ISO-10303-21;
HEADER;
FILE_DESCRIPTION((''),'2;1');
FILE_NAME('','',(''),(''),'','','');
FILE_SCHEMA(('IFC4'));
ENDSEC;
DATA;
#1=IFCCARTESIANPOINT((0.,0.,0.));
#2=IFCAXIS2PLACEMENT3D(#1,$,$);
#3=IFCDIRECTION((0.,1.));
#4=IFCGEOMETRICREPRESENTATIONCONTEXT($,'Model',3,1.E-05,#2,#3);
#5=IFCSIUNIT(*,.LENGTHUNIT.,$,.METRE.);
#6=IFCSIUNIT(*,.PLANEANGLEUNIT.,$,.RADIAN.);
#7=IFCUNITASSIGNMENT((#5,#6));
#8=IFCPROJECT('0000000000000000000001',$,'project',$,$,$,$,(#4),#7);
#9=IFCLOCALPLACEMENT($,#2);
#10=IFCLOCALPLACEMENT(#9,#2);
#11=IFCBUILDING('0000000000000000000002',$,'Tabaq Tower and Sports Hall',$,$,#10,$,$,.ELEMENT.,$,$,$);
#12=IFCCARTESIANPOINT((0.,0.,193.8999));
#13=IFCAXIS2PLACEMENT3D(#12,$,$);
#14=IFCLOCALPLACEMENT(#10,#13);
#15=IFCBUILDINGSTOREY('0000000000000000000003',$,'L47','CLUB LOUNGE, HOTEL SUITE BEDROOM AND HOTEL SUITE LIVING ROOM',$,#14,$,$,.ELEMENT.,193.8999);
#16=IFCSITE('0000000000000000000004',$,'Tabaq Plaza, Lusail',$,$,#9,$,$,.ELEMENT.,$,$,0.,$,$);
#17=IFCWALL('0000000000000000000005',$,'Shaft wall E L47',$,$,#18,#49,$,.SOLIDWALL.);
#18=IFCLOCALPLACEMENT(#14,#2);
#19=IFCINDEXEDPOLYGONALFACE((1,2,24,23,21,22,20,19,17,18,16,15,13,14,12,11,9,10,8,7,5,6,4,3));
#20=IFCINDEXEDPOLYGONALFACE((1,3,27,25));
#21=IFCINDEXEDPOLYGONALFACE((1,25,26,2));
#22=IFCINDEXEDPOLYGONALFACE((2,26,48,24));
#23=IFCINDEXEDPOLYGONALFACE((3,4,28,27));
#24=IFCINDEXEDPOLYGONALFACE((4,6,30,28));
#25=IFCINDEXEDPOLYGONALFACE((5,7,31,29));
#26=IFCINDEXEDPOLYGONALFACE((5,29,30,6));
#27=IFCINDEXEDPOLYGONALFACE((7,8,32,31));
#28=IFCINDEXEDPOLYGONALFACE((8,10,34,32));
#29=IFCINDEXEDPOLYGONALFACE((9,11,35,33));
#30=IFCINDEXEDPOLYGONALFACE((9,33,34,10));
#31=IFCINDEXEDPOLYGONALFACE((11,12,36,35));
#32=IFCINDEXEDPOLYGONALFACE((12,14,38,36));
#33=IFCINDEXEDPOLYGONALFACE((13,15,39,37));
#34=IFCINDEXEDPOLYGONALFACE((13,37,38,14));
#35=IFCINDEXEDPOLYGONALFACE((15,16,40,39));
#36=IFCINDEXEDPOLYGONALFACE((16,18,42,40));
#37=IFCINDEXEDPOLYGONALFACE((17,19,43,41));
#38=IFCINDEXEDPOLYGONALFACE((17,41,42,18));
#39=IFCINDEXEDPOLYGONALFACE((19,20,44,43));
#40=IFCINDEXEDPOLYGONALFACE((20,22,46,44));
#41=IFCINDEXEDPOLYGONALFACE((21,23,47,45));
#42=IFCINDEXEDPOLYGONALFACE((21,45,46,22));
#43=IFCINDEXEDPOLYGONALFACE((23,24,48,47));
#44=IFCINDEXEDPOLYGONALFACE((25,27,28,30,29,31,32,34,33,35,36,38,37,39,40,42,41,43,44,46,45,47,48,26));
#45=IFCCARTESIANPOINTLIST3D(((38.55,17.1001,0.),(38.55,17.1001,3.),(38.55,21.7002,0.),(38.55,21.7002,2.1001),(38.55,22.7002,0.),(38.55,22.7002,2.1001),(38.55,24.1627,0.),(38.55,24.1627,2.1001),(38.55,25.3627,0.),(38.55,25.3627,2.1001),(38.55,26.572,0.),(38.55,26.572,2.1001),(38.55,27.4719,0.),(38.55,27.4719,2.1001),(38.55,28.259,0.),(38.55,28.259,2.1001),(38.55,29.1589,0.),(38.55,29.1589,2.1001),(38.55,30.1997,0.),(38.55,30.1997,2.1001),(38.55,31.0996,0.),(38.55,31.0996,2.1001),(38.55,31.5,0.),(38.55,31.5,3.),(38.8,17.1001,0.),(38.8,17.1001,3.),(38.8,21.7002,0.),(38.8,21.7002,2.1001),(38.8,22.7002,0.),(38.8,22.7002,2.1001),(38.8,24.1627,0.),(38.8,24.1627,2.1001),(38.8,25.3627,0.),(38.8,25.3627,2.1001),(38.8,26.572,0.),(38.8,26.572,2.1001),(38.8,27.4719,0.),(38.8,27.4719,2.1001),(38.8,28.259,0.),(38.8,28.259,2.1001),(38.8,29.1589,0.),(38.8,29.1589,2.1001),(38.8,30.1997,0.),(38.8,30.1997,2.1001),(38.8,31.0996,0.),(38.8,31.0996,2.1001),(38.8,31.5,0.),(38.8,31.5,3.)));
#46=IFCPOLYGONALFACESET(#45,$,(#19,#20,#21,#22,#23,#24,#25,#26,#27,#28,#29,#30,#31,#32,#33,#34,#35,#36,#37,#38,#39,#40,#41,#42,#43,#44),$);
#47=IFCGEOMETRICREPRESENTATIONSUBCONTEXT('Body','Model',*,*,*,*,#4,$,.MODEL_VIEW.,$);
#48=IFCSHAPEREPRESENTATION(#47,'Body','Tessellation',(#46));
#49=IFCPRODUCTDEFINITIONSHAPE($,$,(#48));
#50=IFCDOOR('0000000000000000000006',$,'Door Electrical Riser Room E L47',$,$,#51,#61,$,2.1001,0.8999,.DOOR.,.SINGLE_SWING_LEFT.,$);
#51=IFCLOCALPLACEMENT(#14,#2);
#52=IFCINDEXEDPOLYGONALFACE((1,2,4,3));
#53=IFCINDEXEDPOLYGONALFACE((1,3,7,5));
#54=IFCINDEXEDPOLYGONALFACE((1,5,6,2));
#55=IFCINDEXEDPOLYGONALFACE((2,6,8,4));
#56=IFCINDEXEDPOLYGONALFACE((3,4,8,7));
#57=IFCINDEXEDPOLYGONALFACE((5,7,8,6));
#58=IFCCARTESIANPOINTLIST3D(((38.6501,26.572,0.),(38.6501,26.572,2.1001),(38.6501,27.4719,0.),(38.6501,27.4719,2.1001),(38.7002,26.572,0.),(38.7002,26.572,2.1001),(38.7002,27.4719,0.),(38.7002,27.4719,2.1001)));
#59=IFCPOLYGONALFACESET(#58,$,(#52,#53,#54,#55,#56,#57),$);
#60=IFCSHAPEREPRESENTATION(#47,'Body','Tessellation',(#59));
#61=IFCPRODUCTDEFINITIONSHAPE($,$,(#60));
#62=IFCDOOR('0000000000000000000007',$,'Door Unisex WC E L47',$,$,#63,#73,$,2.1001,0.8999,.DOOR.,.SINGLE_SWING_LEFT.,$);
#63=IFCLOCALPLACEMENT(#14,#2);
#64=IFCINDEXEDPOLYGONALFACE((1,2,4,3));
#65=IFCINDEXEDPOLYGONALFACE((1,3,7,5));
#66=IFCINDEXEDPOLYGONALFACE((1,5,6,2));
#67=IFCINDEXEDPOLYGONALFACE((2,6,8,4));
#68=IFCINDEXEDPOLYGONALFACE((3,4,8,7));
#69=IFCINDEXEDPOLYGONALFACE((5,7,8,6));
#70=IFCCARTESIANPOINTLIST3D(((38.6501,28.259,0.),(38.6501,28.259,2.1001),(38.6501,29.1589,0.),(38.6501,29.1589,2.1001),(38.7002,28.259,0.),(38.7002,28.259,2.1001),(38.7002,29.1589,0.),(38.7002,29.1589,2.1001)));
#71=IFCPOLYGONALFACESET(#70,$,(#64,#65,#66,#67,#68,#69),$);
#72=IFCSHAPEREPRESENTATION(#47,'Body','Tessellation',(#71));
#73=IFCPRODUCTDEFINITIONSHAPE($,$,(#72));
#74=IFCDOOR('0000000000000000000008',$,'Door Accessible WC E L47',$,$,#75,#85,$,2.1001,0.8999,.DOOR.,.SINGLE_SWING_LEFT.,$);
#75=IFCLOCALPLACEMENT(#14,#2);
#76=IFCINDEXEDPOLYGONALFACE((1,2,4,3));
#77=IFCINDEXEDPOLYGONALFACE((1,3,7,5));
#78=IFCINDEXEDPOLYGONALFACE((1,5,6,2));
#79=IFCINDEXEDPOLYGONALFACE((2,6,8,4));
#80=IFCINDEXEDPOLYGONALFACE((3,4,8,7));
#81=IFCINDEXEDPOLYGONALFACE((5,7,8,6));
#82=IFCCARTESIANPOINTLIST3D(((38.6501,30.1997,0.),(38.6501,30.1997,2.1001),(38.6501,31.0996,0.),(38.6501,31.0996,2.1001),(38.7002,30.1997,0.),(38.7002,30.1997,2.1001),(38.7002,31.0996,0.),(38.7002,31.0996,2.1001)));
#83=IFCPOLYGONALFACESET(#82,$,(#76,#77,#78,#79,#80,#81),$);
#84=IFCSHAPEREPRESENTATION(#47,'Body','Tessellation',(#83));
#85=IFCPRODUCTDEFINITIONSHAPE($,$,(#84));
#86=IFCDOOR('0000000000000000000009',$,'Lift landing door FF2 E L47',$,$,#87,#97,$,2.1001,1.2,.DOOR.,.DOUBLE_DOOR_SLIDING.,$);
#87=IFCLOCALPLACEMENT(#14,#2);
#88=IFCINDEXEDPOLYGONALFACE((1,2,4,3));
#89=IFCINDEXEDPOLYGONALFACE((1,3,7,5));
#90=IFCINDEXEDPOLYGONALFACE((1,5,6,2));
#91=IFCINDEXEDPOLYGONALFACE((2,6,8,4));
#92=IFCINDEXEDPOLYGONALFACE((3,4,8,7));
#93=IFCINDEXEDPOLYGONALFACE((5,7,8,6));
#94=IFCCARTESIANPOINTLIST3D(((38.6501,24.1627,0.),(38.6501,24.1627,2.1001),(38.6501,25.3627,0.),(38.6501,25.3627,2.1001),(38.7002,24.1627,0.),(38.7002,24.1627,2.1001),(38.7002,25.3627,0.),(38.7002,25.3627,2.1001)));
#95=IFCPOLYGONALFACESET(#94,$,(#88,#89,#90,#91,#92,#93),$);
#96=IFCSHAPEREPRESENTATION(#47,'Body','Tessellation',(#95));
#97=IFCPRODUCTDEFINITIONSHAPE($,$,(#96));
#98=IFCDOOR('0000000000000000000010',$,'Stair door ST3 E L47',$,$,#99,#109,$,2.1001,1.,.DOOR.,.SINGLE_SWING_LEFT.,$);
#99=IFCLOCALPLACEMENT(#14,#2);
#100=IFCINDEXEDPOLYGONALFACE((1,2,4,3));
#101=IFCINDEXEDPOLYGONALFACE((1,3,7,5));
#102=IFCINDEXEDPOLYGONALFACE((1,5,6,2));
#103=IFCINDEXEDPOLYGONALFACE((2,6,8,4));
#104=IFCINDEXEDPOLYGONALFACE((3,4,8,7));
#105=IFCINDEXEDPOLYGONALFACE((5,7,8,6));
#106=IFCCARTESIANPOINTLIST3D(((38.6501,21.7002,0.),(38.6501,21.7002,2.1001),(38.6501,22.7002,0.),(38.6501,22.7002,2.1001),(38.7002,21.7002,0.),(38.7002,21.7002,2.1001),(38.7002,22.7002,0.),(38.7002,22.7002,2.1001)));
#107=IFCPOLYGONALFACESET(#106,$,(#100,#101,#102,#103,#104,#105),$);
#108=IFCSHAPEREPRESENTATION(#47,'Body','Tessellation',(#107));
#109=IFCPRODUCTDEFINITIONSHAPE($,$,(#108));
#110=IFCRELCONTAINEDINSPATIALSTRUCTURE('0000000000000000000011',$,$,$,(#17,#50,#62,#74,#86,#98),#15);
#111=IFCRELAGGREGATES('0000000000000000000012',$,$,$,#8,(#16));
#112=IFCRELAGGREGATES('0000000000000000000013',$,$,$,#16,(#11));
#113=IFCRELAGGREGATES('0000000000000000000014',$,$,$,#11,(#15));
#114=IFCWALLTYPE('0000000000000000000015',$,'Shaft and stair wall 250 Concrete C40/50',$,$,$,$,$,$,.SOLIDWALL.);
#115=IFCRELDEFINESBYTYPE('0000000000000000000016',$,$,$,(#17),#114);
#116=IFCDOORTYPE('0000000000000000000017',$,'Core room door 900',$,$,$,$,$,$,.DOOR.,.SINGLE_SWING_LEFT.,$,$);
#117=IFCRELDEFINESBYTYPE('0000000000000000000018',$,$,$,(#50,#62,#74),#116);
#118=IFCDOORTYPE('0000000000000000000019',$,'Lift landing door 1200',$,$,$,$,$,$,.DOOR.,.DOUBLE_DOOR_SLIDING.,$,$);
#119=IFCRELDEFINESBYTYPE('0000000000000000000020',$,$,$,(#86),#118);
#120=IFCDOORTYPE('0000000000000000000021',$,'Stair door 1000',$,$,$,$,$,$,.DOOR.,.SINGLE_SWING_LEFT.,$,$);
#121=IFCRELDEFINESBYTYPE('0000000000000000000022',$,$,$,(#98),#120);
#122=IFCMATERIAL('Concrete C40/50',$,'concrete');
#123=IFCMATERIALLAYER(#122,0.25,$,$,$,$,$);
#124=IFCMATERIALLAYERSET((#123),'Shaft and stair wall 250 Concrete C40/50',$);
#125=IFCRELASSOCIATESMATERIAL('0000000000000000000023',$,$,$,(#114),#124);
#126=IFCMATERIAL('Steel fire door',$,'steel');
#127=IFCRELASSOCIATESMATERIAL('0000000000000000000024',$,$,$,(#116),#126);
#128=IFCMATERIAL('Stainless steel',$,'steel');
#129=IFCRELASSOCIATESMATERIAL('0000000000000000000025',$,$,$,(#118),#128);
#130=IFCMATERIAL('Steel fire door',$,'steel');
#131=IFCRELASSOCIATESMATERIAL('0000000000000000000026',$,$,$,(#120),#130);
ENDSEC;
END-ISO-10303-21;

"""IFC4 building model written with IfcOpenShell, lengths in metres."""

from ifc_helpers import new_model, si_unit, direction, frame, frame_2d, origin, place, context, subcontext, project, spatial, rectangle, extrude, material, layer, layer_set, type_object, element, fill, save


model = new_model("IFC4")

# Units and contexts
model_context = context("Model", 3, precision=1e-05, world=origin(), true_north=direction((0.0, 1.0)))
body_context = subcontext(model_context, "Body", "Model", "MODEL_VIEW")
ifc_project = project(units=[si_unit("LENGTHUNIT", "METRE"), si_unit("PLANEANGLEUNIT", "RADIAN")], contexts=[model_context])

# Site, building, storey
site_placement = place(None, origin())
site = spatial("IfcSite", under=ifc_project, at=site_placement, Name="Tabaq Plaza, Lusail", CompositionType="ELEMENT", RefElevation=0.0)
building_placement = place(site_placement, origin())
building = spatial("IfcBuilding", under=site, at=building_placement, Name="Tabaq Tower and Sports Hall", CompositionType="ELEMENT")
storey_placement = place(building_placement, frame((0.0, 0.0, 193.8999)))
storey = spatial("IfcBuildingStorey", under=building, at=storey_placement, Name="L47", Description="CLUB LOUNGE, HOTEL SUITE BEDROOM AND HOTEL SUITE LIVING ROOM", CompositionType="ELEMENT", Elevation=193.8999)

# Wall, openings, doors
ifc_material_1 = material(Name="Concrete C40/50", Category="concrete")
ifc_layer_1 = layer(ifc_material_1, 0.25)
ifc_layer_set_1 = layer_set([ifc_layer_1], Name="Shaft and stair wall 250 Concrete C40/50")
wall_type_1 = type_object("IfcWallType", Name="Shaft and stair wall 250 Concrete C40/50", PredefinedType="SOLIDWALL", material=ifc_layer_set_1)
wall_1_placement = place(storey_placement, frame((38.675, 17.1001, 0.0), z_axis=(0.0, 0.0, 1.0), x_axis=(0.0, 1.0, 0.0)))
wall_1 = element("IfcWall", 1, at=wall_1_placement, inside=storey, type_object=wall_type_1, Name="Shaft wall E L47", PredefinedType="SOLIDWALL", context=body_context, shape_type="SweptSolid", body=[
    extrude(rectangle(XDim=14.3999, YDim=0.25, at=frame_2d((7.2, 0.0))), origin(), (0.0, 0.0, 1.0), 3.0),
])
opening_1_placement = place(wall_1_placement, frame((4.6001, 0.0, 0.0)))
opening_1 = element("IfcOpeningElement", 2, at=opening_1_placement, cuts=wall_1, PredefinedType="OPENING", context=body_context, shape_type="SweptSolid", body=[
    extrude(rectangle(XDim=1.0, YDim=2.1001, at=frame_2d((0.5, 1.05))), frame((0.0, 0.125, 0.0), z_axis=(0.0, -1.0, 0.0), x_axis=(1.0, 0.0, 0.0)), (0.0, 0.0, 1.0), 0.25),
])
opening_2_placement = place(wall_1_placement, frame((7.0625, 0.0, 0.0)))
opening_2 = element("IfcOpeningElement", 3, at=opening_2_placement, cuts=wall_1, PredefinedType="OPENING", context=body_context, shape_type="SweptSolid", body=[
    extrude(rectangle(XDim=1.2, YDim=2.1001, at=frame_2d((0.6001, 1.05))), frame((0.0, 0.125, 0.0), z_axis=(0.0, -1.0, 0.0), x_axis=(1.0, 0.0, 0.0)), (0.0, 0.0, 1.0), 0.25),
])
opening_3_placement = place(wall_1_placement, frame((9.4719, 0.0, 0.0)))
opening_3 = element("IfcOpeningElement", 4, at=opening_3_placement, cuts=wall_1, PredefinedType="OPENING", context=body_context, shape_type="SweptSolid", body=[
    extrude(rectangle(XDim=0.8999, YDim=2.1001, at=frame_2d((0.45, 1.05))), frame((0.0, 0.125, 0.0), z_axis=(0.0, -1.0, 0.0), x_axis=(1.0, 0.0, 0.0)), (0.0, 0.0, 1.0), 0.25),
])
opening_4_placement = place(wall_1_placement, frame((11.1589, 0.0, 0.0)))
opening_4 = element("IfcOpeningElement", 5, at=opening_4_placement, cuts=wall_1, PredefinedType="OPENING", context=body_context, shape_type="SweptSolid", body=[
    extrude(rectangle(XDim=0.8999, YDim=2.1001, at=frame_2d((0.45, 1.05))), frame((0.0, 0.125, 0.0), z_axis=(0.0, -1.0, 0.0), x_axis=(1.0, 0.0, 0.0)), (0.0, 0.0, 1.0), 0.25),
])
opening_5_placement = place(wall_1_placement, frame((13.0996, 0.0, 0.0)))
opening_5 = element("IfcOpeningElement", 6, at=opening_5_placement, cuts=wall_1, PredefinedType="OPENING", context=body_context, shape_type="SweptSolid", body=[
    extrude(rectangle(XDim=0.8999, YDim=2.1001, at=frame_2d((0.45, 1.05))), frame((0.0, 0.125, 0.0), z_axis=(0.0, -1.0, 0.0), x_axis=(1.0, 0.0, 0.0)), (0.0, 0.0, 1.0), 0.25),
])
ifc_material_2 = material(Name="Steel fire door", Category="steel")
door_type_1 = type_object("IfcDoorType", Name="Core room door 900", OperationType="SINGLE_SWING_LEFT", PredefinedType="DOOR", material=ifc_material_2)
door_1_placement = place(opening_3_placement, origin())
door_1 = element("IfcDoor", 7, at=door_1_placement, inside=storey, type_object=door_type_1, Name="Door Electrical Riser Room E L47", OperationType="SINGLE_SWING_LEFT", OverallHeight=2.1001, OverallWidth=0.8999, PredefinedType="DOOR", context=body_context, shape_type="SweptSolid", body=[
    extrude(rectangle(XDim=0.8999, YDim=2.1001, at=frame_2d((0.45, 1.05))), frame((0.0, 0.0249, 0.0), z_axis=(0.0, -1.0, 0.0), x_axis=(1.0, 0.0, 0.0)), (0.0, 0.0, 1.0), 0.05),
])
fill(opening_3, door_1)
door_2_placement = place(opening_4_placement, origin())
door_2 = element("IfcDoor", 8, at=door_2_placement, inside=storey, type_object=door_type_1, Name="Door Unisex WC E L47", OperationType="SINGLE_SWING_LEFT", OverallHeight=2.1001, OverallWidth=0.8999, PredefinedType="DOOR", context=body_context, shape_type="SweptSolid", body=[
    extrude(rectangle(XDim=0.8999, YDim=2.1001, at=frame_2d((0.45, 1.05))), frame((0.0, 0.0249, 0.0), z_axis=(0.0, -1.0, 0.0), x_axis=(1.0, 0.0, 0.0)), (0.0, 0.0, 1.0), 0.05),
])
fill(opening_4, door_2)
door_3_placement = place(opening_5_placement, origin())
door_3 = element("IfcDoor", 9, at=door_3_placement, inside=storey, type_object=door_type_1, Name="Door Accessible WC E L47", OperationType="SINGLE_SWING_LEFT", OverallHeight=2.1001, OverallWidth=0.8999, PredefinedType="DOOR", context=body_context, shape_type="SweptSolid", body=[
    extrude(rectangle(XDim=0.8999, YDim=2.1001, at=frame_2d((0.45, 1.05))), frame((0.0, 0.0249, 0.0), z_axis=(0.0, -1.0, 0.0), x_axis=(1.0, 0.0, 0.0)), (0.0, 0.0, 1.0), 0.05),
])
fill(opening_5, door_3)
ifc_material_3 = material(Name="Stainless steel", Category="steel")
door_type_2 = type_object("IfcDoorType", Name="Lift landing door 1200", OperationType="DOUBLE_DOOR_SLIDING", PredefinedType="DOOR", material=ifc_material_3)
door_4_placement = place(opening_2_placement, origin())
door_4 = element("IfcDoor", 10, at=door_4_placement, inside=storey, type_object=door_type_2, Name="Lift landing door FF2 E L47", OperationType="DOUBLE_DOOR_SLIDING", OverallHeight=2.1001, OverallWidth=1.2, PredefinedType="DOOR", context=body_context, shape_type="SweptSolid", body=[
    extrude(rectangle(XDim=1.2, YDim=2.1001, at=frame_2d((0.6001, 1.05))), frame((0.0, 0.0249, 0.0), z_axis=(0.0, -1.0, 0.0), x_axis=(1.0, 0.0, 0.0)), (0.0, 0.0, 1.0), 0.05),
])
fill(opening_2, door_4)
ifc_material_4 = material(Name="Steel fire door", Category="steel")
door_type_3 = type_object("IfcDoorType", Name="Stair door 1000", OperationType="SINGLE_SWING_LEFT", PredefinedType="DOOR", material=ifc_material_4)
door_5_placement = place(opening_1_placement, origin())
door_5 = element("IfcDoor", 11, at=door_5_placement, inside=storey, type_object=door_type_3, Name="Stair door ST3 E L47", OperationType="SINGLE_SWING_LEFT", OverallHeight=2.1001, OverallWidth=1.0, PredefinedType="DOOR", context=body_context, shape_type="SweptSolid", body=[
    extrude(rectangle(XDim=1.0, YDim=2.1001, at=frame_2d((0.5, 1.05))), frame((0.0, 0.0249, 0.0), z_axis=(0.0, -1.0, 0.0), x_axis=(1.0, 0.0, 0.0)), (0.0, 0.0, 1.0), 0.05),
])
fill(opening_1, door_5)

save(model, "model.ifc")
